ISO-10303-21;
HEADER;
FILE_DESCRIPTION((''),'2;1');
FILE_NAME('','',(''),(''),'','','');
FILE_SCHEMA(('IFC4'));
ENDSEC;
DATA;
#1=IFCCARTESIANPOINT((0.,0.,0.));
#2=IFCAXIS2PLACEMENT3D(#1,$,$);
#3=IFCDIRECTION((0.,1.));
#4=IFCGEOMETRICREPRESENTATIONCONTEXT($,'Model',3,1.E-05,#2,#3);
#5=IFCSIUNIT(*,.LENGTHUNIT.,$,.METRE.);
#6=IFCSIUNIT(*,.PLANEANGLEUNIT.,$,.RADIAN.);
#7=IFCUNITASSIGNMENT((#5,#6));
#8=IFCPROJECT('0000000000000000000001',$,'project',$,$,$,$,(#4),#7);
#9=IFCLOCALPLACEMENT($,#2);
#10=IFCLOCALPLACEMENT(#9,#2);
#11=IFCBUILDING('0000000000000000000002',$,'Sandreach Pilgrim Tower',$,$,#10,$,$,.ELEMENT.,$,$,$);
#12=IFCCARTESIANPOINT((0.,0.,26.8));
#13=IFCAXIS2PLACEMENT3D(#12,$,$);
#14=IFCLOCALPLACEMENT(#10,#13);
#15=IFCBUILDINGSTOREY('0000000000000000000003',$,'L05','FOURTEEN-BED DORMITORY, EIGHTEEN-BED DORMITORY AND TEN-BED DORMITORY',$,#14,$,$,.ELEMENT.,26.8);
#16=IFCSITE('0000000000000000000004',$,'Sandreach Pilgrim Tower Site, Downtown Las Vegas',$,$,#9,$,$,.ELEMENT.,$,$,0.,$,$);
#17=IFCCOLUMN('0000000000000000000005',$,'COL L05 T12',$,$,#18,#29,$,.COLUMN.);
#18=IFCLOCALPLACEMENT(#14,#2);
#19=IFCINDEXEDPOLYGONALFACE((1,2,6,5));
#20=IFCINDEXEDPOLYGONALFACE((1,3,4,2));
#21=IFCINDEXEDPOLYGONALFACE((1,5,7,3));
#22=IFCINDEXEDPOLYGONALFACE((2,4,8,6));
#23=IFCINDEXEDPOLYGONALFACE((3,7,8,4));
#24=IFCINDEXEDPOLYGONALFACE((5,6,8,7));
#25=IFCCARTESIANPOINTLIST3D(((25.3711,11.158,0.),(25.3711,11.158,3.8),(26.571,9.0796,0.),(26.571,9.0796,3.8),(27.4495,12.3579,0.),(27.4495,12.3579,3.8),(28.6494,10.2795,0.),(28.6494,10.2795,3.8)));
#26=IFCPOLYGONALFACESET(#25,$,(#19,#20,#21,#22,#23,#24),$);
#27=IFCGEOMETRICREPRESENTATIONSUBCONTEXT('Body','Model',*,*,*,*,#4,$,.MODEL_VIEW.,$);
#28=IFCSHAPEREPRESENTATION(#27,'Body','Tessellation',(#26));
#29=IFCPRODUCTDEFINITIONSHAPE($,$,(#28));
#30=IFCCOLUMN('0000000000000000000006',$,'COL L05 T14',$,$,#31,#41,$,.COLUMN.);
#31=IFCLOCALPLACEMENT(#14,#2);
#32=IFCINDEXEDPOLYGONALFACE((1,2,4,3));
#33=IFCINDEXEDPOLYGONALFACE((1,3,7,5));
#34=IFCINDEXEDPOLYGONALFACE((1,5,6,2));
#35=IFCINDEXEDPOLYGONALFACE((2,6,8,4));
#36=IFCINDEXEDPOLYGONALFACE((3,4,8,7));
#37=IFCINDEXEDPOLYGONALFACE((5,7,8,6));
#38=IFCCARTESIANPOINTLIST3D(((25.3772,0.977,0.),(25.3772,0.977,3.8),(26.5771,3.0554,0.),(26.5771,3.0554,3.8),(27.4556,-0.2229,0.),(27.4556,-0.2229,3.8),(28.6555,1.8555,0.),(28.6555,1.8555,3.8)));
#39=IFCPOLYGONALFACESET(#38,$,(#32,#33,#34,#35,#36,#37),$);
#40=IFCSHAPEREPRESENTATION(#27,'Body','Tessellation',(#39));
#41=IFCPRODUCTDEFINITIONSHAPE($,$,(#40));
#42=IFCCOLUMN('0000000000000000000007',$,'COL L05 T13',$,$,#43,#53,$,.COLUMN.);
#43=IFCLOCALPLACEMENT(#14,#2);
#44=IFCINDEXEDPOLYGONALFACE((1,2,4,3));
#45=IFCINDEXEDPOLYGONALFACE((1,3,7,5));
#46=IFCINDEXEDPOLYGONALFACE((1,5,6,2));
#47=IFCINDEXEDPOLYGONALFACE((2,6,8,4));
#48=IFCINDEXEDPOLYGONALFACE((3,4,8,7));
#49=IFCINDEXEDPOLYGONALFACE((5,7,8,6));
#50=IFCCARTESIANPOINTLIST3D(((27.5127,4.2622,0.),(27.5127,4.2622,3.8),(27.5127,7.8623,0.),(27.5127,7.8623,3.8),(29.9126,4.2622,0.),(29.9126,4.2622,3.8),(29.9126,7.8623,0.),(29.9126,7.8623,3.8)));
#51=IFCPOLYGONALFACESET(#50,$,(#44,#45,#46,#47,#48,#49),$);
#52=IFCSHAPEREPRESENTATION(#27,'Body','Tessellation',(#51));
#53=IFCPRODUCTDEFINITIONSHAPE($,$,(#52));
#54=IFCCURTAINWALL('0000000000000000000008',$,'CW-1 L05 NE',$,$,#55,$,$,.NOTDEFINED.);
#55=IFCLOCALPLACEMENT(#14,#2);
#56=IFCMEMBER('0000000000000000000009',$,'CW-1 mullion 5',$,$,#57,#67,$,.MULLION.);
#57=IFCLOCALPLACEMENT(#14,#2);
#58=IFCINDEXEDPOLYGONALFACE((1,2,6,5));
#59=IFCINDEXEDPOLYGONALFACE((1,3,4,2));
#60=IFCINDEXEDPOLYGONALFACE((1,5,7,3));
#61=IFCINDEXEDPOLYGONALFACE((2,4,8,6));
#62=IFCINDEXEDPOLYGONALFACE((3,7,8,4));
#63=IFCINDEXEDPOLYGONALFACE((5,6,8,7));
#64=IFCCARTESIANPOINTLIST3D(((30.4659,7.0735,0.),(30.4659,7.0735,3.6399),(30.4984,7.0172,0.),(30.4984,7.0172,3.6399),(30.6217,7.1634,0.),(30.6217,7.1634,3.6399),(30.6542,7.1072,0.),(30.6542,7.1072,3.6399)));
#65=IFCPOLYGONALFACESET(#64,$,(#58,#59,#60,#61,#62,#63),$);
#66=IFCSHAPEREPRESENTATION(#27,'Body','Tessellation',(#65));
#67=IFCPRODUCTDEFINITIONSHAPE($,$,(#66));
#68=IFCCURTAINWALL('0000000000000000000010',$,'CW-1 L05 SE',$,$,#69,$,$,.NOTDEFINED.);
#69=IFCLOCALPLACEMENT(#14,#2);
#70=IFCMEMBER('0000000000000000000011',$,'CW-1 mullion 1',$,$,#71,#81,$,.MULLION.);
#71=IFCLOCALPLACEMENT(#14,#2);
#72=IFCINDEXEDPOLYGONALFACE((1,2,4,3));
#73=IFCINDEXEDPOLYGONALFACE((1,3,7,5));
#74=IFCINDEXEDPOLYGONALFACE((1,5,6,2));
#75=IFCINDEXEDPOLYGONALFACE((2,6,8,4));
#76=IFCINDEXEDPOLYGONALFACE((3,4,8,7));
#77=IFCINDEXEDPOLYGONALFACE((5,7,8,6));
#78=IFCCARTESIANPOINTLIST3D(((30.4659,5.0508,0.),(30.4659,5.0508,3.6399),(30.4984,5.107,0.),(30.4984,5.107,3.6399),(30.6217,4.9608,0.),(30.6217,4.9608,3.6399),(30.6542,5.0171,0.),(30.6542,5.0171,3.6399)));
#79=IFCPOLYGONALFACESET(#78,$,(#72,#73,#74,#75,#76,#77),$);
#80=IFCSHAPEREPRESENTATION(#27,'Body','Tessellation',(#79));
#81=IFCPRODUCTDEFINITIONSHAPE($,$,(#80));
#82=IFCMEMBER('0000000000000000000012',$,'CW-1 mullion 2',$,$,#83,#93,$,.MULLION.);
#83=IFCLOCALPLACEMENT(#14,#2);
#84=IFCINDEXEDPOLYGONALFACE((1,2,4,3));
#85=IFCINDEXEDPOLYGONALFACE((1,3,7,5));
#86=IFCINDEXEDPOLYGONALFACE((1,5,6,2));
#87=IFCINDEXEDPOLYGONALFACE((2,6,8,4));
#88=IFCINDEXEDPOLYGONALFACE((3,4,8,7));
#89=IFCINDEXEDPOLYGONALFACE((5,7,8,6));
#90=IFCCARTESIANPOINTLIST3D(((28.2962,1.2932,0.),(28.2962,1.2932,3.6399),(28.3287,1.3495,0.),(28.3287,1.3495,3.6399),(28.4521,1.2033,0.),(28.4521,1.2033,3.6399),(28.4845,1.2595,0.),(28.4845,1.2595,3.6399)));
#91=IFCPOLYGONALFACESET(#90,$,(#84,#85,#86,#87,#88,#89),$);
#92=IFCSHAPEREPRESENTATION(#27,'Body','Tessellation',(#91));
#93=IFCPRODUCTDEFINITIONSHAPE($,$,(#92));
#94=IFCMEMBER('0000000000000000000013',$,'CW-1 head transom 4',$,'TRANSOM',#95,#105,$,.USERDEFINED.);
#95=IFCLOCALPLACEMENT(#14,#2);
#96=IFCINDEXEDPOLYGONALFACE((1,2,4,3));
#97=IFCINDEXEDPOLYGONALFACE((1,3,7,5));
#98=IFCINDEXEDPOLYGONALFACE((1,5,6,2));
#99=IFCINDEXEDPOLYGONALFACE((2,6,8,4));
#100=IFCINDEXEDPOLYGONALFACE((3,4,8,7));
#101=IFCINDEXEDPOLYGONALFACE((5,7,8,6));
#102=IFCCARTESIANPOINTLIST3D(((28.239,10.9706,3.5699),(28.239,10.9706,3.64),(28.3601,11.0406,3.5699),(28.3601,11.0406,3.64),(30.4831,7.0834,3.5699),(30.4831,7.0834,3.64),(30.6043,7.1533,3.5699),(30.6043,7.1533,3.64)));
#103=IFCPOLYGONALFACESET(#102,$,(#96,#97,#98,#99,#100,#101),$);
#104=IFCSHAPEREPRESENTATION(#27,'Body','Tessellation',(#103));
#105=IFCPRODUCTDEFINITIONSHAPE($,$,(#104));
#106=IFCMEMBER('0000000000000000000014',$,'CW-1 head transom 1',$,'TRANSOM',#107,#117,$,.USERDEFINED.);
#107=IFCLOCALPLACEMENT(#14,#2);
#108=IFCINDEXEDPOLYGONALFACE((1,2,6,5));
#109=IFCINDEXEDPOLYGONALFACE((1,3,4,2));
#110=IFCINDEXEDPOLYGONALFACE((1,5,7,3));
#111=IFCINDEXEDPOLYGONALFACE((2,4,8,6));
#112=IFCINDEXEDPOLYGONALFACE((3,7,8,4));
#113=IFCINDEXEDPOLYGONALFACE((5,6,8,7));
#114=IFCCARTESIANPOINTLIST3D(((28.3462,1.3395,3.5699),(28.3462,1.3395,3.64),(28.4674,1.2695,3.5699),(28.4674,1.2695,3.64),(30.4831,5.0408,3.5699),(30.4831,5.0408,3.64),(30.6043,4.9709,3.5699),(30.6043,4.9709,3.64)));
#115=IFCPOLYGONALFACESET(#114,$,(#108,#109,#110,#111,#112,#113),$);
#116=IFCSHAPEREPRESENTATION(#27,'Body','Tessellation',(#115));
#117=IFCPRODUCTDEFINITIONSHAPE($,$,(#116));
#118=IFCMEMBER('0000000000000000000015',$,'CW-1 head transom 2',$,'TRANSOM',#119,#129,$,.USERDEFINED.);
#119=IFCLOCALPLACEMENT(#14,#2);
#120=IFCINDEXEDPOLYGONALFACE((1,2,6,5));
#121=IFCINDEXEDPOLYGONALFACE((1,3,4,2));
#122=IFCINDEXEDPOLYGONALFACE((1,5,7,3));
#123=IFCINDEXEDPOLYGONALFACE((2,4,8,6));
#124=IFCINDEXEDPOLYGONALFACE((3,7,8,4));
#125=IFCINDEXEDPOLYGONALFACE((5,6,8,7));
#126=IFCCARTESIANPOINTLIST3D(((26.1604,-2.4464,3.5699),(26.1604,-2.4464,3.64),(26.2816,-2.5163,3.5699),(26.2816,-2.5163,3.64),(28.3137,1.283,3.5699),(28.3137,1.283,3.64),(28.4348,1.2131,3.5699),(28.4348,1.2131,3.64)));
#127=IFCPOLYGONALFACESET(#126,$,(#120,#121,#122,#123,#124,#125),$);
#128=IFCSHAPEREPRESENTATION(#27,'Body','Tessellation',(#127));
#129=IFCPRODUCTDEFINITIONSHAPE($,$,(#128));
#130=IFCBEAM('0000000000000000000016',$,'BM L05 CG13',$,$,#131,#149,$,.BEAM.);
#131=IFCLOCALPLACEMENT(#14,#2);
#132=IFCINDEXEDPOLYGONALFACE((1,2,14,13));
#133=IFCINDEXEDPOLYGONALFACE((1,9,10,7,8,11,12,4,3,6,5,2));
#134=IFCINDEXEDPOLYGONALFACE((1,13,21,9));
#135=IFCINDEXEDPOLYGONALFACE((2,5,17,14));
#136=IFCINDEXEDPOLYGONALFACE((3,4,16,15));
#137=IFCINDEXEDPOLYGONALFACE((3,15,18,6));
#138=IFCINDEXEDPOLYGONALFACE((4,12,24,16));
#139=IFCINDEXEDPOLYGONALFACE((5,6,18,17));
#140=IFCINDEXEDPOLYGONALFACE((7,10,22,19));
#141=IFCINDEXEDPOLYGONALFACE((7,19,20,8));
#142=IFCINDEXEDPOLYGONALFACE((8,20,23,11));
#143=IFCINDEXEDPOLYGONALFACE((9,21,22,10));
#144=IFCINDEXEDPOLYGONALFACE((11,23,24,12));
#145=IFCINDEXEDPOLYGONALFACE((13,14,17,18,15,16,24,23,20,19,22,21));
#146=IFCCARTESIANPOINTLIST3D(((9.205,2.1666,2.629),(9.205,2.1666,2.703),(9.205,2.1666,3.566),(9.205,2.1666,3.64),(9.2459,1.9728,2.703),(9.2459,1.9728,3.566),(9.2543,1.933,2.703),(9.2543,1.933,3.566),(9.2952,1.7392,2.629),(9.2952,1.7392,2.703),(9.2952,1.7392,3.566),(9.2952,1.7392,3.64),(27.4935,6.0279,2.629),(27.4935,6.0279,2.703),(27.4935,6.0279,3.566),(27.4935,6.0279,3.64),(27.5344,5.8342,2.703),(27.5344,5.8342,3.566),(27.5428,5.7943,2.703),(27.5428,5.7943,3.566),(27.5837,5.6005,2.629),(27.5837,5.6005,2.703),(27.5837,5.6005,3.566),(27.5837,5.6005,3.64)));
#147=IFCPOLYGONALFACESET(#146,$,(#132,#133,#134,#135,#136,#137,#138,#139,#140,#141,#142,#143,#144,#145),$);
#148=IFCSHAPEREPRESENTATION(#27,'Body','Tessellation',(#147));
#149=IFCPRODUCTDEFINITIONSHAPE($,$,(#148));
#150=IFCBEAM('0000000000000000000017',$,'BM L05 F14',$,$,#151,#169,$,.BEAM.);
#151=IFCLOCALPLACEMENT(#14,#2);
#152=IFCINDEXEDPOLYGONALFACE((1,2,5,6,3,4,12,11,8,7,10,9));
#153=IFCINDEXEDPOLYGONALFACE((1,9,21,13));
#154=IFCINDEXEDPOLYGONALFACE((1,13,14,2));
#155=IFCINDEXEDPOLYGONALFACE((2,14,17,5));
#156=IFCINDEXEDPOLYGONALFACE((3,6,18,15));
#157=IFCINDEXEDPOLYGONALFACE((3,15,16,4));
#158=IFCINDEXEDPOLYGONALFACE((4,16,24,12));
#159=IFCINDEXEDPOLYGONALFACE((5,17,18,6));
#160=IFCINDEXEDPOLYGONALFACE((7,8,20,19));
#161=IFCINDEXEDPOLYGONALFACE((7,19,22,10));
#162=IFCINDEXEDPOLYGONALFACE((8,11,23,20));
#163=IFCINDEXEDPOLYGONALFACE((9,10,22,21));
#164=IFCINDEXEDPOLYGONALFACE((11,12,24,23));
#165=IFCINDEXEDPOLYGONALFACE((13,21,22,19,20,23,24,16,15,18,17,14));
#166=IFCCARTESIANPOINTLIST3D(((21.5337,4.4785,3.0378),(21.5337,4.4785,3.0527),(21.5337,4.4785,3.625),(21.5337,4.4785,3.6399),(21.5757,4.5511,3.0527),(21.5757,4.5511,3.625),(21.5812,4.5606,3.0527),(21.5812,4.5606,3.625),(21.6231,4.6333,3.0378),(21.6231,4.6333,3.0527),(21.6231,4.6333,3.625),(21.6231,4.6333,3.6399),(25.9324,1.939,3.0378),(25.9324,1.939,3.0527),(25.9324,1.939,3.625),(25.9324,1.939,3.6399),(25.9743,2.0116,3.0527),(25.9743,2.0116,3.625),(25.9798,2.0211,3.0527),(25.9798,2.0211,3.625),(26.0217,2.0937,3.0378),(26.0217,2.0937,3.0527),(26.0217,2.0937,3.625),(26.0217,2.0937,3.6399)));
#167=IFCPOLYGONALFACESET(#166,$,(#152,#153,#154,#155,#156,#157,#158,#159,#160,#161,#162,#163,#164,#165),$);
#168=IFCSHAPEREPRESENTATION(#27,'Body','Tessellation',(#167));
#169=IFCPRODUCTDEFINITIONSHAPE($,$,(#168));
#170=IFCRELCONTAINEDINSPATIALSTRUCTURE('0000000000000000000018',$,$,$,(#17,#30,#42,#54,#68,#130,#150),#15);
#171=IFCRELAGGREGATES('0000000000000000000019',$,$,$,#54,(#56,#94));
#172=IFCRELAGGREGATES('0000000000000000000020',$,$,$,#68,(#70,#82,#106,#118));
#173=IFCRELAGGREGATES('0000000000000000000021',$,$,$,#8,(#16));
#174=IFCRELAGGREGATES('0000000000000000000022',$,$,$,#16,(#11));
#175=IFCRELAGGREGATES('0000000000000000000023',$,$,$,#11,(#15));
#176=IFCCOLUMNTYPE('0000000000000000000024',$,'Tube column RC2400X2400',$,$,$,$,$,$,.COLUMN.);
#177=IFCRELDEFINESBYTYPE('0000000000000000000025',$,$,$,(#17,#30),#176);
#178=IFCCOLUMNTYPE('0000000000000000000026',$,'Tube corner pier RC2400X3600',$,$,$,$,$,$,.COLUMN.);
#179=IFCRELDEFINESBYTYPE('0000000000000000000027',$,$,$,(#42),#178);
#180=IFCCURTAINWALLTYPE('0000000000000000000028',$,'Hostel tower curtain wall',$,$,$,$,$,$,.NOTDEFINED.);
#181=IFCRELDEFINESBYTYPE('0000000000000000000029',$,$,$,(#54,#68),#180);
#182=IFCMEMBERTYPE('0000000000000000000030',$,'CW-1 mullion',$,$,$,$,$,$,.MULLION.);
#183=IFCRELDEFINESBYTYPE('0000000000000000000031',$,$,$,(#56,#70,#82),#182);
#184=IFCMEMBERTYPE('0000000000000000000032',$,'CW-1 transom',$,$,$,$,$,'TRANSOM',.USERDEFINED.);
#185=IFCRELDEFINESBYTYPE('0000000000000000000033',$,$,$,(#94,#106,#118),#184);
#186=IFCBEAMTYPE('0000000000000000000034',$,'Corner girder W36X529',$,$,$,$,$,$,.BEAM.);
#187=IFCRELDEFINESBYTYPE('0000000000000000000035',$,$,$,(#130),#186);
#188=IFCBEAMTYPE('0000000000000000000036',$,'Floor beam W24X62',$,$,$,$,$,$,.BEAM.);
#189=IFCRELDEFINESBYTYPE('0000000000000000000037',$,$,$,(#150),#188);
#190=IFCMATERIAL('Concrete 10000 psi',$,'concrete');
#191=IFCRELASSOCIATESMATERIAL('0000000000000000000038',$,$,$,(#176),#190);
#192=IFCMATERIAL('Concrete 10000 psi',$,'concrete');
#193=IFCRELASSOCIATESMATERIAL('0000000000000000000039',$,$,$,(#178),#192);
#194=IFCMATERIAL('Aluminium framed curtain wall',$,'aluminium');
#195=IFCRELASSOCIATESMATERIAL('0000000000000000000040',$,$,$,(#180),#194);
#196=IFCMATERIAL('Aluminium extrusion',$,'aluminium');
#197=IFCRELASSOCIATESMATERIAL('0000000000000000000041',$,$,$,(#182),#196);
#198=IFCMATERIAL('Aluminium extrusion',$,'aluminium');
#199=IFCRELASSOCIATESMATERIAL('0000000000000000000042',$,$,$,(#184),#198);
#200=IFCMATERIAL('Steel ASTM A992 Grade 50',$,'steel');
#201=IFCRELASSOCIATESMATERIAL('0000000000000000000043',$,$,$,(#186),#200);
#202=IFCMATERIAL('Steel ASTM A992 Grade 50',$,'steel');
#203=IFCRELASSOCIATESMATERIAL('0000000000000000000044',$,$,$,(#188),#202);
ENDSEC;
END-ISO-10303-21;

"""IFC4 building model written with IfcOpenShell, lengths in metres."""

from ifc_helpers import new_model, si_unit, direction, frame, origin, origin_2d, place, context, subcontext, project, spatial, rectangle, i_section, extrude, material, material_profile, profile_set, type_object, element, aggregate, save


model = new_model("IFC4")

# Units and contexts
model_context = context("Model", 3, precision=1e-05, world=origin(), true_north=direction((0.0, 1.0)))
body_context = subcontext(model_context, "Body", "Model", "MODEL_VIEW")
ifc_project = project(units=[si_unit("LENGTHUNIT", "METRE"), si_unit("PLANEANGLEUNIT", "RADIAN")], contexts=[model_context])

# Site, building, storey
site_placement = place(None, origin())
site = spatial("IfcSite", under=ifc_project, at=site_placement, Name="Sandreach Pilgrim Tower Site, Downtown Las Vegas", CompositionType="ELEMENT", RefElevation=0.0)
building_placement = place(site_placement, origin())
building = spatial("IfcBuilding", under=site, at=building_placement, Name="Sandreach Pilgrim Tower", CompositionType="ELEMENT")
storey_placement = place(building_placement, frame((0.0, 0.0, 26.8)))
storey = spatial("IfcBuildingStorey", under=building, at=storey_placement, Name="L05", Description="FOURTEEN-BED DORMITORY, EIGHTEEN-BED DORMITORY AND TEN-BED DORMITORY", CompositionType="ELEMENT", Elevation=26.8)

# Columns
ifc_material_1 = material(Name="Concrete 10000 psi", Category="concrete")
ifc_material_profile_1 = material_profile(ifc_material_1, rectangle(XDim=2.3999, YDim=2.3999, at=origin_2d()), Name="RC2400X2400")
ifc_profile_set_1 = profile_set([ifc_material_profile_1], Name="Concrete 10000 psi")
column_type_1 = type_object("IfcColumnType", Name="Tube column RC2400X2400", PredefinedType="COLUMN", material=ifc_profile_set_1)
for number, where, z_axis, x_axis, name in (
    (1, (27.0103, 10.7188, 0.0), (0.0, 0.0, 1.0), (0.866025, 0.5, 0.0), "COL L05 T12"),
    (2, (27.0164, 1.4163, 0.0), (0.0, 0.0, 1.0), (0.866025, -0.5, 0.0), "COL L05 T14"),
):
    element("IfcColumn", number, at=place(storey_placement, frame(where, z_axis=z_axis, x_axis=x_axis)), inside=storey, type_object=column_type_1, Name=name, PredefinedType="COLUMN", context=body_context, shape_type="SweptSolid", body=[
        extrude(rectangle(XDim=2.3999, YDim=2.3999, at=origin_2d()), origin(), (0.0, 0.0, 1.0), 3.8),
    ])
ifc_material_2 = material(Name="Concrete 10000 psi", Category="concrete")
ifc_material_profile_2 = material_profile(ifc_material_2, rectangle(XDim=2.3999, YDim=3.6001, at=origin_2d()), Name="RC2400X3600")
ifc_profile_set_2 = profile_set([ifc_material_profile_2], Name="Concrete 10000 psi")
column_type_2 = type_object("IfcColumnType", Name="Tube corner pier RC2400X3600", PredefinedType="COLUMN", material=ifc_profile_set_2)
column_placement = place(storey_placement, frame((28.7126, 6.0623, 0.0), z_axis=(0.0, 0.0, 1.0), x_axis=(1.0, 0.0, 0.0)))
element("IfcColumn", 3, at=column_placement, inside=storey, type_object=column_type_2, Name="COL L05 T13", PredefinedType="COLUMN", context=body_context, shape_type="SweptSolid", body=[
    extrude(rectangle(XDim=2.3999, YDim=3.6001, at=origin_2d()), origin(), (0.0, 0.0, 1.0), 3.8),
])

# Curtain wall, member
ifc_material_3 = material(Name="Aluminium framed curtain wall", Category="aluminium")
curtain_wall_type = type_object("IfcCurtainWallType", Name="Hostel tower curtain wall", PredefinedType="NOTDEFINED", material=ifc_material_3)
curtain_wall_1_placement = place(storey_placement, origin())
curtain_wall_1 = element("IfcCurtainWall", 4, at=curtain_wall_1_placement, inside=storey, type_object=curtain_wall_type, Name="CW-1 L05 NE", PredefinedType="NOTDEFINED")
ifc_material_4 = material(Name="Aluminium extrusion", Category="aluminium")
ifc_material_profile_3 = material_profile(ifc_material_4, rectangle(XDim=0.0649, YDim=0.1799, at=origin_2d()), Name="CW-1M 65X180")
ifc_profile_set_3 = profile_set([ifc_material_profile_3], Name="Aluminium extrusion")
member_type_1 = type_object("IfcMemberType", Name="CW-1 mullion", PredefinedType="MULLION", material=ifc_profile_set_3)
member_1_placement = place(storey_placement, frame((30.5601, 7.0903, 0.0), z_axis=(0.0, 0.0, 1.0), x_axis=(0.5, -0.866025, 0.0)))
member_1 = element("IfcMember", 5, at=member_1_placement, type_object=member_type_1, Name="CW-1 mullion 5", PredefinedType="MULLION", context=body_context, shape_type="SweptSolid", body=[
    extrude(rectangle(XDim=0.0649, YDim=0.1799, at=origin_2d()), origin(), (0.0, 0.0, 1.0), 3.6399),
])

# Curtain wall, members
curtain_wall_2_placement = place(storey_placement, origin())
curtain_wall_2 = element("IfcCurtainWall", 6, at=curtain_wall_2_placement, inside=storey, type_object=curtain_wall_type, Name="CW-1 L05 SE", PredefinedType="NOTDEFINED")
member_2_placement = place(storey_placement, frame((30.5601, 5.0339, 0.0), z_axis=(0.0, 0.0, 1.0), x_axis=(-0.5, -0.866025, 0.0)))
member_2 = element("IfcMember", 7, at=member_2_placement, type_object=member_type_1, Name="CW-1 mullion 1", PredefinedType="MULLION", context=body_context, shape_type="SweptSolid", body=[
    extrude(rectangle(XDim=0.0649, YDim=0.1799, at=origin_2d()), origin(), (0.0, 0.0, 1.0), 3.6399),
])
member_3_placement = place(storey_placement, frame((28.3904, 1.2764, 0.0), z_axis=(0.0, 0.0, 1.0), x_axis=(-0.5, -0.866025, 0.0)))
member_3 = element("IfcMember", 8, at=member_3_placement, type_object=member_type_1, Name="CW-1 mullion 2", PredefinedType="MULLION", context=body_context, shape_type="SweptSolid", body=[
    extrude(rectangle(XDim=0.0649, YDim=0.1799, at=origin_2d()), origin(), (0.0, 0.0, 1.0), 3.6399),
])

# Members
ifc_material_5 = material(Name="Aluminium extrusion", Category="aluminium")
ifc_material_profile_4 = material_profile(ifc_material_5, rectangle(XDim=0.1399, YDim=0.0701, at=origin_2d()), Name="CW-1T 140X70")
ifc_profile_set_4 = profile_set([ifc_material_profile_4], Name="Aluminium extrusion")
member_type_2 = type_object("IfcMemberType", Name="CW-1 transom", ElementType="TRANSOM", PredefinedType="USERDEFINED", material=ifc_profile_set_4)
member_4_placement = place(storey_placement, frame((28.2996, 11.0056, 3.605), z_axis=(0.499977, -0.866039, 0.0), x_axis=(0.866039, 0.499977, 0.0)))
member_4 = element("IfcMember", 9, at=member_4_placement, type_object=member_type_2, Name="CW-1 head transom 4", ObjectType="TRANSOM", PredefinedType="USERDEFINED", context=body_context, shape_type="SweptSolid", body=[
    extrude(rectangle(XDim=0.1399, YDim=0.0701, at=origin_2d()), origin(), (0.0, 0.0, 1.0), 4.4885),
])
member_5_placement = place(storey_placement, frame((30.5437, 5.0059, 3.605), z_axis=(-0.499991, -0.866031, 0.0), x_axis=(0.866031, -0.499991, 0.0)))
member_5 = element("IfcMember", 10, at=member_5_placement, type_object=member_type_2, Name="CW-1 head transom 1", ObjectType="TRANSOM", PredefinedType="USERDEFINED", context=body_context, shape_type="SweptSolid", body=[
    extrude(rectangle(XDim=0.1399, YDim=0.0701, at=origin_2d()), origin(), (0.0, 0.0, 1.0), 4.2739),
])
member_6_placement = place(storey_placement, frame((28.3743, 1.248, 3.605), z_axis=(-0.500017, -0.866016, 0.0), x_axis=(0.866016, -0.500017, 0.0)))
member_6 = element("IfcMember", 11, at=member_6_placement, type_object=member_type_2, Name="CW-1 head transom 2", ObjectType="TRANSOM", PredefinedType="USERDEFINED", context=body_context, shape_type="SweptSolid", body=[
    extrude(rectangle(XDim=0.1399, YDim=0.0701, at=origin_2d()), origin(), (0.0, 0.0, 1.0), 4.3064),
])

# Beams
ifc_material_6 = material(Name="Steel ASTM A992 Grade 50", Category="steel")
ifc_material_profile_5 = material_profile(ifc_material_6, i_section(OverallWidth=0.4368, OverallDepth=1.011, WebThickness=0.0408, FlangeThickness=0.074, at=origin_2d()), Name="W36X529")
ifc_profile_set_5 = profile_set([ifc_material_profile_5], Name="Steel ASTM A992 Grade 50")
beam_type_1 = type_object("IfcBeamType", Name="Corner girder W36X529", PredefinedType="BEAM", material=ifc_profile_set_5)
beam_1_placement = place(storey_placement, frame((27.5386, 5.8142, 3.1345), z_axis=(-0.97843, -0.206579, 0.0), x_axis=(0.206579, -0.97843, 0.0)))
element("IfcBeam", 12, at=beam_1_placement, inside=storey, type_object=beam_type_1, Name="BM L05 CG13", PredefinedType="BEAM", context=body_context, shape_type="SweptSolid", body=[
    extrude(i_section(OverallWidth=0.4368, OverallDepth=1.011, WebThickness=0.0408, FlangeThickness=0.074, at=origin_2d()), origin(), (0.0, 0.0, 1.0), 18.6917),
])
ifc_material_7 = material(Name="Steel ASTM A992 Grade 50", Category="steel")
ifc_material_profile_6 = material_profile(ifc_material_7, i_section(OverallWidth=0.1787, OverallDepth=0.6021, WebThickness=0.011, FlangeThickness=0.0149, at=origin_2d()), Name="W24X62")
ifc_profile_set_6 = profile_set([ifc_material_profile_6], Name="Steel ASTM A992 Grade 50")
beam_type_2 = type_object("IfcBeamType", Name="Floor beam W24X62", PredefinedType="BEAM", material=ifc_profile_set_6)
beam_2_placement = place(storey_placement, frame((25.9771, 2.0164, 3.3389), z_axis=(-0.866028, 0.499996, 0.0), x_axis=(-0.499996, -0.866028, 0.0)))
element("IfcBeam", 13, at=beam_2_placement, inside=storey, type_object=beam_type_2, Name="BM L05 F14", PredefinedType="BEAM", context=body_context, shape_type="SweptSolid", body=[
    extrude(i_section(OverallWidth=0.1787, OverallDepth=0.6021, WebThickness=0.011, FlangeThickness=0.0149, at=origin_2d()), origin(), (0.0, 0.0, 1.0), 5.0791),
])

aggregate(curtain_wall_1, [member_1, member_4])
aggregate(curtain_wall_2, [member_2, member_3, member_5, member_6])

save(model, "model.ifc")
